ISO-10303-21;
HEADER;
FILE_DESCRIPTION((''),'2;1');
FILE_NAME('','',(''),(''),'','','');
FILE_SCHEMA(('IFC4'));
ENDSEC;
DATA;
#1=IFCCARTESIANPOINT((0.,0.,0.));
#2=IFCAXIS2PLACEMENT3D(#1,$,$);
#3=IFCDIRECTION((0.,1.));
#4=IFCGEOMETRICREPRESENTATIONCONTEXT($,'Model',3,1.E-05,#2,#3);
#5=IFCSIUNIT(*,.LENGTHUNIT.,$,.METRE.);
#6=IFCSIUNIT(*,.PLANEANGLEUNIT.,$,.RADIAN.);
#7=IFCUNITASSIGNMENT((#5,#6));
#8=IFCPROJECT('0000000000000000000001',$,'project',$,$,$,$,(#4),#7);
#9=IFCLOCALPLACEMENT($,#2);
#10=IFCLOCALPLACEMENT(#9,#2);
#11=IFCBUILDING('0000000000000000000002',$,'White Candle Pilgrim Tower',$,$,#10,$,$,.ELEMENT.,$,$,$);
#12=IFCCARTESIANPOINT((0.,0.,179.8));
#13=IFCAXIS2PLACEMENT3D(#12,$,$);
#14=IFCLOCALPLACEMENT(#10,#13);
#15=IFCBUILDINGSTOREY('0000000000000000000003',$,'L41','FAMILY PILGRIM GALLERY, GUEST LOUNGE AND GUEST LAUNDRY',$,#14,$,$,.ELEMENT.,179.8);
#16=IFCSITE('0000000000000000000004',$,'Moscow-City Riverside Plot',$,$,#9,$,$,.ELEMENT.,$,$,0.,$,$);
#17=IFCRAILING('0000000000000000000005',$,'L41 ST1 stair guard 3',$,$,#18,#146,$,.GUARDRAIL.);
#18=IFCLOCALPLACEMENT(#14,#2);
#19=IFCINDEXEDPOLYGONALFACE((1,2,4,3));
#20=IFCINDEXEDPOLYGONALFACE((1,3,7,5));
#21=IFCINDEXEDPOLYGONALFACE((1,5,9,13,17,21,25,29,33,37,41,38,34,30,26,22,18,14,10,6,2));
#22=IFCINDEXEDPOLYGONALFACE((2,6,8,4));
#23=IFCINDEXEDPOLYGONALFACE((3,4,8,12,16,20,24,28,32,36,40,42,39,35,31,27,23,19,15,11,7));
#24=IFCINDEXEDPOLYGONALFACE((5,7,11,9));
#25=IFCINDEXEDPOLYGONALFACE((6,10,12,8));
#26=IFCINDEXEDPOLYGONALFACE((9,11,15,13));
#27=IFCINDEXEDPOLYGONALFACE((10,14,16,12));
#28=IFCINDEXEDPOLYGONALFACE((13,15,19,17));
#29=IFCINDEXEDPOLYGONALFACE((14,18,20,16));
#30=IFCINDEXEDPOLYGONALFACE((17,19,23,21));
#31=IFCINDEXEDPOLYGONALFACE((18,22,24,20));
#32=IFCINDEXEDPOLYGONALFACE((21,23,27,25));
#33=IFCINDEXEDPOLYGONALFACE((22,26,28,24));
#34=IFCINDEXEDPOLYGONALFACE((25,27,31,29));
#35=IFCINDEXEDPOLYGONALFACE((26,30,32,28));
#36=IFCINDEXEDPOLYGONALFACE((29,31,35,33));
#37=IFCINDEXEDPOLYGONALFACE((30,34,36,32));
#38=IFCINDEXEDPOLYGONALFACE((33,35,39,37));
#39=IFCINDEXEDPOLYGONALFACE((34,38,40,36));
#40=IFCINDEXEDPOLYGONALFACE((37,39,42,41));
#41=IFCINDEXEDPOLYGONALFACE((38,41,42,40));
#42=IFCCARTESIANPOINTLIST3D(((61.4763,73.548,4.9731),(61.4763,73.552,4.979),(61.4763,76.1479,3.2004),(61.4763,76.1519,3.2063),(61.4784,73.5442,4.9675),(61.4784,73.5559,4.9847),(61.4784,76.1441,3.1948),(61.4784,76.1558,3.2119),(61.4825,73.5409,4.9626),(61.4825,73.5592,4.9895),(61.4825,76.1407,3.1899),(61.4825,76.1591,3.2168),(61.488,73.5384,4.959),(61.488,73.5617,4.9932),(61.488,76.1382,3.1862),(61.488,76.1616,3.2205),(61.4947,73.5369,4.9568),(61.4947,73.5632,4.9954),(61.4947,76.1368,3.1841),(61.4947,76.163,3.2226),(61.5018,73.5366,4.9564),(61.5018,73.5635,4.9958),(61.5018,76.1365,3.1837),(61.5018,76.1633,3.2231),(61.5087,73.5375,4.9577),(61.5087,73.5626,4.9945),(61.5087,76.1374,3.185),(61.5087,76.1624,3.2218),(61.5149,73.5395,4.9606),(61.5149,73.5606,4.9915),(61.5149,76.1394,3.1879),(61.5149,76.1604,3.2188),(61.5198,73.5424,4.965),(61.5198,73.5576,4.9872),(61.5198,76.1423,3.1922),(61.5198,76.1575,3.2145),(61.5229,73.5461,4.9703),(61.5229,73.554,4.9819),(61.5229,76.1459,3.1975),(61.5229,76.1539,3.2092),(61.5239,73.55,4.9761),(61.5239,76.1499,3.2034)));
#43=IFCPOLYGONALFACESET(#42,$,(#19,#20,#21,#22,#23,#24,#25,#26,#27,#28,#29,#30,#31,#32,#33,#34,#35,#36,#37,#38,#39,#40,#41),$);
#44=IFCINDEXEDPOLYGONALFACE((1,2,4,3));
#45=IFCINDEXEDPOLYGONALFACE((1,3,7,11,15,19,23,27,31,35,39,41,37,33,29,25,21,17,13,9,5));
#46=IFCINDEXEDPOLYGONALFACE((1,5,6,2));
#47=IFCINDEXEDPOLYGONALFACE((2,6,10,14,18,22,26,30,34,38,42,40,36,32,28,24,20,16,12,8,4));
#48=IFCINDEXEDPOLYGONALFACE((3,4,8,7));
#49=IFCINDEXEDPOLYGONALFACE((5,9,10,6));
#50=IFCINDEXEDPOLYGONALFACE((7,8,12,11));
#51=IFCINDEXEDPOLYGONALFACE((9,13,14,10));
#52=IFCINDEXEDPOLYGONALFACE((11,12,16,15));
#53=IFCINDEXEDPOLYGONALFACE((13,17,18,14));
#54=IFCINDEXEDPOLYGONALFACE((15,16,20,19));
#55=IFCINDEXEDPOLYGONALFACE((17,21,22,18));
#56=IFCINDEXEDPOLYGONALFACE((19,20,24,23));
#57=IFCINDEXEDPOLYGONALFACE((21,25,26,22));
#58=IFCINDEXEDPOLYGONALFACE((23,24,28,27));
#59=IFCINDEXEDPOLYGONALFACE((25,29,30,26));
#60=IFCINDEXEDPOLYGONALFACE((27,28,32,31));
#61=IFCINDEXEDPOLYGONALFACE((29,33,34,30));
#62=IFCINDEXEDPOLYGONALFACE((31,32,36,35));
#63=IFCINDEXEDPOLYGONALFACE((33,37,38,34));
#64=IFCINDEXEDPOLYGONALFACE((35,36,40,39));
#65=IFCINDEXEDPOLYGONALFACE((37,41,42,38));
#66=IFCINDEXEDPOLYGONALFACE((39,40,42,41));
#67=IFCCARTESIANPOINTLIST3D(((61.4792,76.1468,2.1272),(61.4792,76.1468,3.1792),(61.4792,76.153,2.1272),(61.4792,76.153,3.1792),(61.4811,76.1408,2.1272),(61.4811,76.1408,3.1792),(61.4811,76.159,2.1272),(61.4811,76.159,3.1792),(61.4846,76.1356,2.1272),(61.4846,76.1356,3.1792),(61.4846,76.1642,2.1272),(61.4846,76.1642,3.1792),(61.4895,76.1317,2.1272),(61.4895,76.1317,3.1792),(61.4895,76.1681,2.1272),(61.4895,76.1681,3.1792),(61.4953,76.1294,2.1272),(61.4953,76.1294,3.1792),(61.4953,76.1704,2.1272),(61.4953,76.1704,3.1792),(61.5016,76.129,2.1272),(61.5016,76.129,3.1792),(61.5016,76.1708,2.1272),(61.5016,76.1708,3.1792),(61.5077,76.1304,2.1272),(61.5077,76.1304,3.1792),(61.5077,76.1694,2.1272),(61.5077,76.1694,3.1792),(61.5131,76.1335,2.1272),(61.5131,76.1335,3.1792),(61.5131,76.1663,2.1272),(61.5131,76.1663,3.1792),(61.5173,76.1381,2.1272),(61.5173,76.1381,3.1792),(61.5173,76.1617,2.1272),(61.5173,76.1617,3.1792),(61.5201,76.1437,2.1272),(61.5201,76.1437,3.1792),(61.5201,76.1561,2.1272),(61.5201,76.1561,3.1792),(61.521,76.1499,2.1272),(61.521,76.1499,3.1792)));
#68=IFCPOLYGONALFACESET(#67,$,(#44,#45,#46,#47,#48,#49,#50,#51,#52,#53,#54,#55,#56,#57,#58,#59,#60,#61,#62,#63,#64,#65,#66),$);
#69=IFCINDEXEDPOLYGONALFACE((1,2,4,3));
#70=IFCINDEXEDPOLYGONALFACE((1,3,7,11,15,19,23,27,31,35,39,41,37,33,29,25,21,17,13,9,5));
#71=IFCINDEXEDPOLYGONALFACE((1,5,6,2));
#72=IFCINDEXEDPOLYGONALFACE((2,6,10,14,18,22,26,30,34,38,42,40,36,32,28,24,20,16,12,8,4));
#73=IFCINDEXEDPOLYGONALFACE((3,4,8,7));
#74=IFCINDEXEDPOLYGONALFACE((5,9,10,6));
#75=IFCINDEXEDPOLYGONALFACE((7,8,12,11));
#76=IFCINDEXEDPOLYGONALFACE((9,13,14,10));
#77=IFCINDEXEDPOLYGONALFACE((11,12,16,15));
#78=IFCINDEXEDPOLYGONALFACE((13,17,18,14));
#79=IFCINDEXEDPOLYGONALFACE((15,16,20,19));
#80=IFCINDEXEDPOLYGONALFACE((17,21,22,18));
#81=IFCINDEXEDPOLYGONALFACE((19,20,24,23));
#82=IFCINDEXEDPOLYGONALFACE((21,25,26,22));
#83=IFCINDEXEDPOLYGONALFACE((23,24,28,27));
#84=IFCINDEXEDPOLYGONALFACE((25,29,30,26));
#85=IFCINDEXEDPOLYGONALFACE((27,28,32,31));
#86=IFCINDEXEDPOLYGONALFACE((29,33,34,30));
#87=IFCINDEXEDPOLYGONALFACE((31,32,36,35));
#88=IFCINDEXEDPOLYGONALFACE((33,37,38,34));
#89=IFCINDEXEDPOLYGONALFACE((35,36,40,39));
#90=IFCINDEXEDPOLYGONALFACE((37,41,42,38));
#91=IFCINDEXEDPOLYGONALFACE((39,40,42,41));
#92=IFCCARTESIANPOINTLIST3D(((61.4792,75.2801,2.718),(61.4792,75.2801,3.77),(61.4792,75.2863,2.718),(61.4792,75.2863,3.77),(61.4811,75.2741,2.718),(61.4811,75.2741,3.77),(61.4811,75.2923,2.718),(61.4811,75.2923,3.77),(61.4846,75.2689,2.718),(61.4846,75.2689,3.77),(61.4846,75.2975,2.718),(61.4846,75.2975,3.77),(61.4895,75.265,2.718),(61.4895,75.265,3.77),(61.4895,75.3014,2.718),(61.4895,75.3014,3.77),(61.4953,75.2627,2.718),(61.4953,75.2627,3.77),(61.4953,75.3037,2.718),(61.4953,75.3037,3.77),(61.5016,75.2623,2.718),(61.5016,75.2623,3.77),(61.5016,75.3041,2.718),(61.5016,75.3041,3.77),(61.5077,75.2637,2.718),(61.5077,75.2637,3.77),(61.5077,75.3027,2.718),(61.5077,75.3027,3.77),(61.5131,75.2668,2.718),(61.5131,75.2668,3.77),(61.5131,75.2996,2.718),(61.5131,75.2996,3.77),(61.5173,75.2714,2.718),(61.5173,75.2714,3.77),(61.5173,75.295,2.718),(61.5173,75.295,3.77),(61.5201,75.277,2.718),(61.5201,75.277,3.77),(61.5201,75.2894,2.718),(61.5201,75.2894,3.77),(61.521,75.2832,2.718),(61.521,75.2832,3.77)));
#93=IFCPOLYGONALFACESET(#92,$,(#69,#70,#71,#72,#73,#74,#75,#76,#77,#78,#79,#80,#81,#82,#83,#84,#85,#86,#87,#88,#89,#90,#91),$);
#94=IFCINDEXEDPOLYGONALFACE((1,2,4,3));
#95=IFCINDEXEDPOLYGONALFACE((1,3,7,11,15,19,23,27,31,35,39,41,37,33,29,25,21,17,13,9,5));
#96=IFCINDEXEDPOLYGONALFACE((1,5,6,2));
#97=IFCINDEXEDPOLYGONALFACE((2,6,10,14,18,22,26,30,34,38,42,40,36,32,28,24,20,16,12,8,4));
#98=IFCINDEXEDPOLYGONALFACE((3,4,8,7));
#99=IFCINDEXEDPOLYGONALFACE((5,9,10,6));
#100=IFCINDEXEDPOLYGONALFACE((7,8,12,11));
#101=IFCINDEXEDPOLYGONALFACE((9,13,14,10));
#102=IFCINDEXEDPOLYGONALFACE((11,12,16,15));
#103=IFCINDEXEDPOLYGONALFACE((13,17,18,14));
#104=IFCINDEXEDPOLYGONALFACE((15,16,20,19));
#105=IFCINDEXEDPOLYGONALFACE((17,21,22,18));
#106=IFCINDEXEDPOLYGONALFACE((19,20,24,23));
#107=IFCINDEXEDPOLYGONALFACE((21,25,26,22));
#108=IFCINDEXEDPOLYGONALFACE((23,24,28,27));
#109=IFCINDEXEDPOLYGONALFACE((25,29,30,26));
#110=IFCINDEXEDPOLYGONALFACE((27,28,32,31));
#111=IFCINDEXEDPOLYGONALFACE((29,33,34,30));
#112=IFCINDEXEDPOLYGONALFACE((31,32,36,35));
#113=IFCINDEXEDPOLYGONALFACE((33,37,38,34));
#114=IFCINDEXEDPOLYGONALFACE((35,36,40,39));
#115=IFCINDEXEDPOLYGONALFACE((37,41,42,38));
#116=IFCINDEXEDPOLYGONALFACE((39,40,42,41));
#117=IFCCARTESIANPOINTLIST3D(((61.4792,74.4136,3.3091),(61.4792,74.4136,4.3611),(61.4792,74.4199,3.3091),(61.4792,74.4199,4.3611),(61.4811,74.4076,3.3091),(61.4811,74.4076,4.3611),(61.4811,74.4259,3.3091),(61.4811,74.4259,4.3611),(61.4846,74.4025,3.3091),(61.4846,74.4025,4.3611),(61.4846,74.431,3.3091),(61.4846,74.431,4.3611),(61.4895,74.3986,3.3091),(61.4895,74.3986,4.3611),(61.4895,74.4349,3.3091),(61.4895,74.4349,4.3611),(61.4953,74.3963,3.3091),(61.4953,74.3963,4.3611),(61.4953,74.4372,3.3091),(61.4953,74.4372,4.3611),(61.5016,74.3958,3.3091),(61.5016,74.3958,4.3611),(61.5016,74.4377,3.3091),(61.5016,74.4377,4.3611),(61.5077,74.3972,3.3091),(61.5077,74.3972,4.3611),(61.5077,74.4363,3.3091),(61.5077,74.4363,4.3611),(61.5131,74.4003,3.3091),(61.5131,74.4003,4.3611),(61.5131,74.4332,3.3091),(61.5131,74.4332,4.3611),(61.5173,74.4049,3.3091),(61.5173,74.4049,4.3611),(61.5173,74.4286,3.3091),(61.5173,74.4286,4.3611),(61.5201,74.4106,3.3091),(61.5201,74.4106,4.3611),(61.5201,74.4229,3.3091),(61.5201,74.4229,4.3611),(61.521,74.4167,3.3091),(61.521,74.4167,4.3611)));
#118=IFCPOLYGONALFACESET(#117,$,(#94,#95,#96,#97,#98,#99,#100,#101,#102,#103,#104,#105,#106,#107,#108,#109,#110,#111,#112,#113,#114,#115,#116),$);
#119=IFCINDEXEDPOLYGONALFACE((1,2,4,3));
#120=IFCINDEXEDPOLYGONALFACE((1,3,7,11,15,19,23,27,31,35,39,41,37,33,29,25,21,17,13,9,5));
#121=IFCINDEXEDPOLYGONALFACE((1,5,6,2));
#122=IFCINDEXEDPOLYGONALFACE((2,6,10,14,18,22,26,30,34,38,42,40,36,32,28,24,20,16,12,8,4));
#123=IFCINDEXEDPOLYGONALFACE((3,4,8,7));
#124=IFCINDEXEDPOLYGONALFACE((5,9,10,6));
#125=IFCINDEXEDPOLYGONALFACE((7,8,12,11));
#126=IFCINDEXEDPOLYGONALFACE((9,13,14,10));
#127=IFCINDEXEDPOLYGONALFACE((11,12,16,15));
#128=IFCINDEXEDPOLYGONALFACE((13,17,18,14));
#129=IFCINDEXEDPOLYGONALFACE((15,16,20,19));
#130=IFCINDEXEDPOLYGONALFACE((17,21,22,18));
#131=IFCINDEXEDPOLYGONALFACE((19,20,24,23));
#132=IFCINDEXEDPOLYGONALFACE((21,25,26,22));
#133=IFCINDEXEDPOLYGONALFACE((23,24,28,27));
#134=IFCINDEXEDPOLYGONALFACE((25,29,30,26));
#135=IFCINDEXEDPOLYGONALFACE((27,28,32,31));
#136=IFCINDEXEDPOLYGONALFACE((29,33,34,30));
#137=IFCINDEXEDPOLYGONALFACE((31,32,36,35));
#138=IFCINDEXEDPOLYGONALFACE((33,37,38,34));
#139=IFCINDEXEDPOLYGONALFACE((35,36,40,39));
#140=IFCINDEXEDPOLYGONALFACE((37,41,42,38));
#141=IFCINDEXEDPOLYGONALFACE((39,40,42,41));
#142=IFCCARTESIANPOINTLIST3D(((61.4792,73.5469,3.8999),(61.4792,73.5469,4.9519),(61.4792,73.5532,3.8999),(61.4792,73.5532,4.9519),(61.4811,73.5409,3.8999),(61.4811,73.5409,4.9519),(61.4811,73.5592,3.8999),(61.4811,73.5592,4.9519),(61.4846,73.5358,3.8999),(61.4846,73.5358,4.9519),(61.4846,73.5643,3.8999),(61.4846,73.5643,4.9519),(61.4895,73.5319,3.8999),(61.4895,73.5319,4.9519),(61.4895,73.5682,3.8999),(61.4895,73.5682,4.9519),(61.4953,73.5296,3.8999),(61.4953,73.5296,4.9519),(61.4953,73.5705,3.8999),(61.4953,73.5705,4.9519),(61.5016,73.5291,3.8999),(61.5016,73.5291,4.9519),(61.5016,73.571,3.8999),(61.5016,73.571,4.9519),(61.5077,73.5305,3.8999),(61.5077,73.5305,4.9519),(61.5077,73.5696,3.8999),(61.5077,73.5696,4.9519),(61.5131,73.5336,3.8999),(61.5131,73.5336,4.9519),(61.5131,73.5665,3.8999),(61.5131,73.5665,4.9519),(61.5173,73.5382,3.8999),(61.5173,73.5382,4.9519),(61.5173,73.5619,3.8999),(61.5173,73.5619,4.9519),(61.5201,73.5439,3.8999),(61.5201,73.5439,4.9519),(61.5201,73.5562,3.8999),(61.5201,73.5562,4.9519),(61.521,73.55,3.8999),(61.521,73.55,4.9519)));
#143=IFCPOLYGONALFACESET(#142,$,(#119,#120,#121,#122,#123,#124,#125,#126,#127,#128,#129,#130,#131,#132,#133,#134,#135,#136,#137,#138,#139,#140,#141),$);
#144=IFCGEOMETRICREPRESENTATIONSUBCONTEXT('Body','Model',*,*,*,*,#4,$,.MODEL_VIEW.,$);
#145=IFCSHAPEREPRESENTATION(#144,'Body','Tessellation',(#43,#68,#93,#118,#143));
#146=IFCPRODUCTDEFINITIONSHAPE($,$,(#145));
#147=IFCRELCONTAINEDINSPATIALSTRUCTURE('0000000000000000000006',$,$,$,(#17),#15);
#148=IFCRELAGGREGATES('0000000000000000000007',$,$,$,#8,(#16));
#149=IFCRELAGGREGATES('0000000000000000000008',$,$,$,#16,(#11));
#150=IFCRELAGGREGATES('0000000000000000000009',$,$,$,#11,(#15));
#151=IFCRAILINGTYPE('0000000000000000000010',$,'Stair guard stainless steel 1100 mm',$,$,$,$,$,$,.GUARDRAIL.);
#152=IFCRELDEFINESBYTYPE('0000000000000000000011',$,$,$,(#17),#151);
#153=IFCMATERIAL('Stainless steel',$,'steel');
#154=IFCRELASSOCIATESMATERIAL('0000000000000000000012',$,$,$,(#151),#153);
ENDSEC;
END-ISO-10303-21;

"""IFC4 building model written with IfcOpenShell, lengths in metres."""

from ifc_helpers import new_model, si_unit, direction, frame, origin, origin_2d, place, context, subcontext, project, spatial, circle, extrude, material, type_object, element, save


model = new_model("IFC4")

# Units and contexts
model_context = context("Model", 3, precision=1e-05, world=origin(), true_north=direction((0.0, 1.0)))
body_context = subcontext(model_context, "Body", "Model", "MODEL_VIEW")
ifc_project = project(units=[si_unit("LENGTHUNIT", "METRE"), si_unit("PLANEANGLEUNIT", "RADIAN")], contexts=[model_context])

# Site, building, storey
site_placement = place(None, origin())
site = spatial("IfcSite", under=ifc_project, at=site_placement, Name="Moscow-City Riverside Plot", CompositionType="ELEMENT", RefElevation=0.0)
building_placement = place(site_placement, origin())
building = spatial("IfcBuilding", under=site, at=building_placement, Name="White Candle Pilgrim Tower", CompositionType="ELEMENT")
storey_placement = place(building_placement, frame((0.0, 0.0, 179.8)))
storey = spatial("IfcBuildingStorey", under=building, at=storey_placement, Name="L41", Description="FAMILY PILGRIM GALLERY, GUEST LOUNGE AND GUEST LAUNDRY", CompositionType="ELEMENT", Elevation=179.8)

# Shared definitions
ifc_material_1 = material(Name="Stainless steel", Category="steel")

# Railing
railing_type_1 = type_object("IfcRailingType", Name="Stair guard stainless steel 1100 mm", PredefinedType="GUARDRAIL", material=ifc_material_1)
railing_1_placement = place(storey_placement, frame((61.5, 76.1499, 2.1272)))
element("IfcRailing", 1, at=railing_1_placement, inside=storey, type_object=railing_type_1, Name="L41 ST1 stair guard 3", PredefinedType="GUARDRAIL", context=body_context, shape_type="SweptSolid", body=[
    extrude(circle(Radius=0.0239, at=origin_2d()), frame((0.0, 0.0, 1.0762), z_axis=(0.0, -0.826216, 0.563354), x_axis=(1.0, 0.0, 0.0)), (0.0, 0.0, 1.0), 3.1467),
    extrude(circle(Radius=0.021, at=origin_2d()), origin(), (0.0, 0.0, 1.0), 1.052),
    extrude(circle(Radius=0.021, at=origin_2d()), frame((0.0, -0.8667, 0.5908)), (0.0, 0.0, 1.0), 1.052),
    extrude(circle(Radius=0.021, at=origin_2d()), frame((0.0, -1.7332, 1.1819)), (0.0, 0.0, 1.0), 1.052),
    extrude(circle(Radius=0.021, at=origin_2d()), frame((0.0, -2.5999, 1.7727)), (0.0, 0.0, 1.0), 1.052),
])

save(model, "model.ifc")
